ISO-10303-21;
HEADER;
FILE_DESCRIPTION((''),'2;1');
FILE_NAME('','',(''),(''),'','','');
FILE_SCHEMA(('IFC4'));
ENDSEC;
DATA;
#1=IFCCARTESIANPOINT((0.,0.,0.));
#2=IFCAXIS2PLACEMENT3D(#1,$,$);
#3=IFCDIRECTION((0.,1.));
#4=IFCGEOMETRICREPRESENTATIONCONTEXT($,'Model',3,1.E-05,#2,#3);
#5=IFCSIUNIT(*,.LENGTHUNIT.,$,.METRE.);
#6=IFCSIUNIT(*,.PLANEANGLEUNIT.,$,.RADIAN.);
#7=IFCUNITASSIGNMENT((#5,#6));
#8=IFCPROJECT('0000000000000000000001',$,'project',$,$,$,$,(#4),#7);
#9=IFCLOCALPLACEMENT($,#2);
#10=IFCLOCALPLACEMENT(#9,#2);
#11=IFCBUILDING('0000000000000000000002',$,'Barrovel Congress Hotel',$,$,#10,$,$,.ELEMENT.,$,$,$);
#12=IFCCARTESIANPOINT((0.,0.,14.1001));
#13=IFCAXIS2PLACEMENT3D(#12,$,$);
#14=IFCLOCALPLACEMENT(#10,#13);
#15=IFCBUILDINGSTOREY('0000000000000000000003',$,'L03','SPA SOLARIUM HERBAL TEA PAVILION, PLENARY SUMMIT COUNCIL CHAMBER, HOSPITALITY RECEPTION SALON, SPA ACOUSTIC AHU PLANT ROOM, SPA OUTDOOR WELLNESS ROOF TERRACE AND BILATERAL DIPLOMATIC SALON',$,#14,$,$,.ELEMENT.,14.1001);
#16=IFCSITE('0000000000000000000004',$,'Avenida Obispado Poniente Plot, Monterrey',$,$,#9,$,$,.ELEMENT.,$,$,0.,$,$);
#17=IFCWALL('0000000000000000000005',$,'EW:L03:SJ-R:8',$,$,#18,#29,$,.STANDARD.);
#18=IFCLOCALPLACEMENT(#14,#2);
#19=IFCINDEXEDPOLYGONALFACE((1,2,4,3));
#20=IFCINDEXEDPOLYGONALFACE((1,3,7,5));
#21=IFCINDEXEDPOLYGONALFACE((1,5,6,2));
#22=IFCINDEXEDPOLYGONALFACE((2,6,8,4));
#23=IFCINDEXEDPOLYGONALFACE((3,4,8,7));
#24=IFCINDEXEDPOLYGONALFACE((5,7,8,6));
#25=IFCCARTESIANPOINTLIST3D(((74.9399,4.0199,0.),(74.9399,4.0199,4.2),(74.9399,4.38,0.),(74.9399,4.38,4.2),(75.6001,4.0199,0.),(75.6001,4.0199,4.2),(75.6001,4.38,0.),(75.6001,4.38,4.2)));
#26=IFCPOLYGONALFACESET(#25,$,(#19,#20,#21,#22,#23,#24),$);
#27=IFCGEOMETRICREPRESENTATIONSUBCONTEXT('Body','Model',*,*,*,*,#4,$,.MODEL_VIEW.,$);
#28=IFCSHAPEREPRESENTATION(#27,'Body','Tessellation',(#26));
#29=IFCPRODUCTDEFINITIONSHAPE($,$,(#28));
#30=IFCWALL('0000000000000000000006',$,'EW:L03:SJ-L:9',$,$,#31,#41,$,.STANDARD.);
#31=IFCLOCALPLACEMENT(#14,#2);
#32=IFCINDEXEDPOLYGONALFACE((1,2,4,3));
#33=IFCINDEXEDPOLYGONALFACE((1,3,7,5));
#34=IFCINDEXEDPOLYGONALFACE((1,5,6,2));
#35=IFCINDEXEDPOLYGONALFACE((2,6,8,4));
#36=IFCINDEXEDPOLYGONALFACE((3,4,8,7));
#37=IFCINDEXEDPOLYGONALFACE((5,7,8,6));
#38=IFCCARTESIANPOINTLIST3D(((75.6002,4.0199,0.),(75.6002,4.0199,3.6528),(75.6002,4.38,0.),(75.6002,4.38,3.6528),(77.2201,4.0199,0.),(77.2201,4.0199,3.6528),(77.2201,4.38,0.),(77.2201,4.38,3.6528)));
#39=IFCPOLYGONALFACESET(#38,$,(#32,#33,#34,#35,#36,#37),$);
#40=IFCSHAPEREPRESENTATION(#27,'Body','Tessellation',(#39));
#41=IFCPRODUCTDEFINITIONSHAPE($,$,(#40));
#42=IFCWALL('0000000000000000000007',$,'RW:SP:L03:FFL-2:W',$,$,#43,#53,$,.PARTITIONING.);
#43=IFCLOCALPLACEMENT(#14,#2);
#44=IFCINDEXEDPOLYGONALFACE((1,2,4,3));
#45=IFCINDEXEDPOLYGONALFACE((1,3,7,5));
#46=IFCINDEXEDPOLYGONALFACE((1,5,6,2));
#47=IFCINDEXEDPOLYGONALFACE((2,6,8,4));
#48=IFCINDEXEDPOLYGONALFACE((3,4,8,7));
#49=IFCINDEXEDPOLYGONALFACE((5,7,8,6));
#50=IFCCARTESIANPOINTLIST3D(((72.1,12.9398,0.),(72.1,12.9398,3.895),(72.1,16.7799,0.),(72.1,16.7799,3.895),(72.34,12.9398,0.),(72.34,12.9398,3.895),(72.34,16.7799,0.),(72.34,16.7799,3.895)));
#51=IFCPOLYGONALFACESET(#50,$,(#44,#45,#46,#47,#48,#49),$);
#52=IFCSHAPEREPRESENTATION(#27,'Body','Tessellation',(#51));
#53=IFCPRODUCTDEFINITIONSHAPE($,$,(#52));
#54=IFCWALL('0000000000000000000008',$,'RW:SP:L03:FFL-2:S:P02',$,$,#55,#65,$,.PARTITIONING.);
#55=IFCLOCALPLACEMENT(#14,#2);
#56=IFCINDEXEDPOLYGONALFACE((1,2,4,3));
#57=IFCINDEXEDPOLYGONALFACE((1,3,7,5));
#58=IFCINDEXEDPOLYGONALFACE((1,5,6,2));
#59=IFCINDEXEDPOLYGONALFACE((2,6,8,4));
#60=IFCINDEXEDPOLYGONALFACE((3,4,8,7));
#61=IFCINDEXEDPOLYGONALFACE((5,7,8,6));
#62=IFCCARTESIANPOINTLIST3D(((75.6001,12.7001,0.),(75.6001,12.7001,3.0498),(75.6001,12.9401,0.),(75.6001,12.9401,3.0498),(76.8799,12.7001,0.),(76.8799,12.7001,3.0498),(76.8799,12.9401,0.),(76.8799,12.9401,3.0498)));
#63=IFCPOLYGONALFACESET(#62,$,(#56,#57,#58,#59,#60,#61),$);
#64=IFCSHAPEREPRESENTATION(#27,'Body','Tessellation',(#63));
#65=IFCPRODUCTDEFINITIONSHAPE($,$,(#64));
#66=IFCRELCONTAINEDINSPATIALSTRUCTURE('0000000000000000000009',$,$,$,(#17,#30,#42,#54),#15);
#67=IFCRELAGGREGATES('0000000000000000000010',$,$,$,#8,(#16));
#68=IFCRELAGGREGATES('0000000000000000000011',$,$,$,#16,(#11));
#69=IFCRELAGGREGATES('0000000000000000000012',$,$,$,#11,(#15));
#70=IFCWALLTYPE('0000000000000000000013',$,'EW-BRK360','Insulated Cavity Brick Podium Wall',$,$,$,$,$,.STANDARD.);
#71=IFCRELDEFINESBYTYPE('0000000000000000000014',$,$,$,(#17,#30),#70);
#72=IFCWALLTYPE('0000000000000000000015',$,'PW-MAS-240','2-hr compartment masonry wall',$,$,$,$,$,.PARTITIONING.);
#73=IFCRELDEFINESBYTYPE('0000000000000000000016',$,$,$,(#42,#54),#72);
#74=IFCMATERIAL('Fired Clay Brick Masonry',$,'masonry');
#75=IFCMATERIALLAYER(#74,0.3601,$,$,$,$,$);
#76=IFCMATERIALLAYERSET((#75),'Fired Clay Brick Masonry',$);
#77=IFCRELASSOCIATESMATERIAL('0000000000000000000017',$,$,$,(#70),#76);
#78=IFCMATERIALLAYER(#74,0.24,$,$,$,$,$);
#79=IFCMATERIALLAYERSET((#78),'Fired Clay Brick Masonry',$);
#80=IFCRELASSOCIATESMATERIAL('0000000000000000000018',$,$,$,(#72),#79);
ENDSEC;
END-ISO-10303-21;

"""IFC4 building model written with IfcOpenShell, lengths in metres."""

from ifc_helpers import new_model, si_unit, direction, frame, frame_2d, origin, place, context, subcontext, project, spatial, rectangle, extrude, material, layer, layer_set, type_object, element, save


model = new_model("IFC4")

# Units and contexts
model_context = context("Model", 3, precision=1e-05, world=origin(), true_north=direction((0.0, 1.0)))
body_context = subcontext(model_context, "Body", "Model", "MODEL_VIEW")
ifc_project = project(units=[si_unit("LENGTHUNIT", "METRE"), si_unit("PLANEANGLEUNIT", "RADIAN")], contexts=[model_context])

# Site, building, storey
site_placement = place(None, origin())
site = spatial("IfcSite", under=ifc_project, at=site_placement, Name="Avenida Obispado Poniente Plot, Monterrey", CompositionType="ELEMENT", RefElevation=0.0)
building_placement = place(site_placement, origin())
building = spatial("IfcBuilding", under=site, at=building_placement, Name="Barrovel Congress Hotel", CompositionType="ELEMENT")
storey_placement = place(building_placement, frame((0.0, 0.0, 14.1001)))
storey = spatial("IfcBuildingStorey", under=building, at=storey_placement, Name="L03", Description="SPA SOLARIUM HERBAL TEA PAVILION, PLENARY SUMMIT COUNCIL CHAMBER, HOSPITALITY RECEPTION SALON, SPA ACOUSTIC AHU PLANT ROOM, SPA OUTDOOR WELLNESS ROOF TERRACE AND BILATERAL DIPLOMATIC SALON", CompositionType="ELEMENT", Elevation=14.1001)

# Walls
ifc_material_1 = material(Name="Fired Clay Brick Masonry", Category="masonry")
ifc_layer_1 = layer(ifc_material_1, 0.3601)
ifc_layer_set_1 = layer_set([ifc_layer_1], Name="Fired Clay Brick Masonry")
wall_type_1 = type_object("IfcWallType", Name="EW-BRK360", Description="Insulated Cavity Brick Podium Wall", PredefinedType="STANDARD", material=ifc_layer_set_1)
wall_1_placement = place(storey_placement, frame((74.9399, 4.2, 0.0), z_axis=(0.0, 0.0, 1.0), x_axis=(1.0, 0.0, 0.0)))
element("IfcWall", 1, at=wall_1_placement, inside=storey, type_object=wall_type_1, Name="EW:L03:SJ-R:8", PredefinedType="STANDARD", context=body_context, shape_type="SweptSolid", body=[
    extrude(rectangle(XDim=0.6602, YDim=0.3601, at=frame_2d((0.3301, 0.0))), origin(), (0.0, 0.0, 1.0), 4.2),
])
wall_2_placement = place(storey_placement, frame((75.6001, 4.2, 0.0), z_axis=(0.0, 0.0, 1.0), x_axis=(1.0, 0.0, 0.0)))
element("IfcWall", 2, at=wall_2_placement, inside=storey, type_object=wall_type_1, Name="EW:L03:SJ-L:9", PredefinedType="STANDARD", context=body_context, shape_type="SweptSolid", body=[
    extrude(rectangle(XDim=1.6199, YDim=0.3601, at=frame_2d((0.8101, 0.0))), origin(), (0.0, 0.0, 1.0), 3.6528),
])

# Shared definitions
ifc_layer_2 = layer(ifc_material_1, 0.24)
ifc_layer_set_2 = layer_set([ifc_layer_2], Name="Fired Clay Brick Masonry")
wall_type_2 = type_object("IfcWallType", Name="PW-MAS-240", Description="2-hr compartment masonry wall", PredefinedType="PARTITIONING", material=ifc_layer_set_2)

# Walls
wall_3_placement = place(storey_placement, frame((72.22, 12.9399, 0.0), z_axis=(0.0, 0.0, 1.0), x_axis=(0.0, 1.0, 0.0)))
element("IfcWall", 3, at=wall_3_placement, inside=storey, type_object=wall_type_2, Name="RW:SP:L03:FFL-2:W", PredefinedType="PARTITIONING", context=body_context, shape_type="SweptSolid", body=[
    extrude(rectangle(XDim=3.8401, YDim=0.24, at=frame_2d((1.9199, 0.0))), origin(), (0.0, 0.0, 1.0), 3.895),
])
wall_4_placement = place(storey_placement, frame((75.6001, 12.8201, 0.0), z_axis=(0.0, 0.0, 1.0), x_axis=(1.0, 0.0, 0.0)))
element("IfcWall", 4, at=wall_4_placement, inside=storey, type_object=wall_type_2, Name="RW:SP:L03:FFL-2:S:P02", PredefinedType="PARTITIONING", context=body_context, shape_type="SweptSolid", body=[
    extrude(rectangle(XDim=1.2798, YDim=0.24, at=frame_2d((0.6399, 0.0))), origin(), (0.0, 0.0, 1.0), 3.0498),
])

save(model, "model.ifc")
